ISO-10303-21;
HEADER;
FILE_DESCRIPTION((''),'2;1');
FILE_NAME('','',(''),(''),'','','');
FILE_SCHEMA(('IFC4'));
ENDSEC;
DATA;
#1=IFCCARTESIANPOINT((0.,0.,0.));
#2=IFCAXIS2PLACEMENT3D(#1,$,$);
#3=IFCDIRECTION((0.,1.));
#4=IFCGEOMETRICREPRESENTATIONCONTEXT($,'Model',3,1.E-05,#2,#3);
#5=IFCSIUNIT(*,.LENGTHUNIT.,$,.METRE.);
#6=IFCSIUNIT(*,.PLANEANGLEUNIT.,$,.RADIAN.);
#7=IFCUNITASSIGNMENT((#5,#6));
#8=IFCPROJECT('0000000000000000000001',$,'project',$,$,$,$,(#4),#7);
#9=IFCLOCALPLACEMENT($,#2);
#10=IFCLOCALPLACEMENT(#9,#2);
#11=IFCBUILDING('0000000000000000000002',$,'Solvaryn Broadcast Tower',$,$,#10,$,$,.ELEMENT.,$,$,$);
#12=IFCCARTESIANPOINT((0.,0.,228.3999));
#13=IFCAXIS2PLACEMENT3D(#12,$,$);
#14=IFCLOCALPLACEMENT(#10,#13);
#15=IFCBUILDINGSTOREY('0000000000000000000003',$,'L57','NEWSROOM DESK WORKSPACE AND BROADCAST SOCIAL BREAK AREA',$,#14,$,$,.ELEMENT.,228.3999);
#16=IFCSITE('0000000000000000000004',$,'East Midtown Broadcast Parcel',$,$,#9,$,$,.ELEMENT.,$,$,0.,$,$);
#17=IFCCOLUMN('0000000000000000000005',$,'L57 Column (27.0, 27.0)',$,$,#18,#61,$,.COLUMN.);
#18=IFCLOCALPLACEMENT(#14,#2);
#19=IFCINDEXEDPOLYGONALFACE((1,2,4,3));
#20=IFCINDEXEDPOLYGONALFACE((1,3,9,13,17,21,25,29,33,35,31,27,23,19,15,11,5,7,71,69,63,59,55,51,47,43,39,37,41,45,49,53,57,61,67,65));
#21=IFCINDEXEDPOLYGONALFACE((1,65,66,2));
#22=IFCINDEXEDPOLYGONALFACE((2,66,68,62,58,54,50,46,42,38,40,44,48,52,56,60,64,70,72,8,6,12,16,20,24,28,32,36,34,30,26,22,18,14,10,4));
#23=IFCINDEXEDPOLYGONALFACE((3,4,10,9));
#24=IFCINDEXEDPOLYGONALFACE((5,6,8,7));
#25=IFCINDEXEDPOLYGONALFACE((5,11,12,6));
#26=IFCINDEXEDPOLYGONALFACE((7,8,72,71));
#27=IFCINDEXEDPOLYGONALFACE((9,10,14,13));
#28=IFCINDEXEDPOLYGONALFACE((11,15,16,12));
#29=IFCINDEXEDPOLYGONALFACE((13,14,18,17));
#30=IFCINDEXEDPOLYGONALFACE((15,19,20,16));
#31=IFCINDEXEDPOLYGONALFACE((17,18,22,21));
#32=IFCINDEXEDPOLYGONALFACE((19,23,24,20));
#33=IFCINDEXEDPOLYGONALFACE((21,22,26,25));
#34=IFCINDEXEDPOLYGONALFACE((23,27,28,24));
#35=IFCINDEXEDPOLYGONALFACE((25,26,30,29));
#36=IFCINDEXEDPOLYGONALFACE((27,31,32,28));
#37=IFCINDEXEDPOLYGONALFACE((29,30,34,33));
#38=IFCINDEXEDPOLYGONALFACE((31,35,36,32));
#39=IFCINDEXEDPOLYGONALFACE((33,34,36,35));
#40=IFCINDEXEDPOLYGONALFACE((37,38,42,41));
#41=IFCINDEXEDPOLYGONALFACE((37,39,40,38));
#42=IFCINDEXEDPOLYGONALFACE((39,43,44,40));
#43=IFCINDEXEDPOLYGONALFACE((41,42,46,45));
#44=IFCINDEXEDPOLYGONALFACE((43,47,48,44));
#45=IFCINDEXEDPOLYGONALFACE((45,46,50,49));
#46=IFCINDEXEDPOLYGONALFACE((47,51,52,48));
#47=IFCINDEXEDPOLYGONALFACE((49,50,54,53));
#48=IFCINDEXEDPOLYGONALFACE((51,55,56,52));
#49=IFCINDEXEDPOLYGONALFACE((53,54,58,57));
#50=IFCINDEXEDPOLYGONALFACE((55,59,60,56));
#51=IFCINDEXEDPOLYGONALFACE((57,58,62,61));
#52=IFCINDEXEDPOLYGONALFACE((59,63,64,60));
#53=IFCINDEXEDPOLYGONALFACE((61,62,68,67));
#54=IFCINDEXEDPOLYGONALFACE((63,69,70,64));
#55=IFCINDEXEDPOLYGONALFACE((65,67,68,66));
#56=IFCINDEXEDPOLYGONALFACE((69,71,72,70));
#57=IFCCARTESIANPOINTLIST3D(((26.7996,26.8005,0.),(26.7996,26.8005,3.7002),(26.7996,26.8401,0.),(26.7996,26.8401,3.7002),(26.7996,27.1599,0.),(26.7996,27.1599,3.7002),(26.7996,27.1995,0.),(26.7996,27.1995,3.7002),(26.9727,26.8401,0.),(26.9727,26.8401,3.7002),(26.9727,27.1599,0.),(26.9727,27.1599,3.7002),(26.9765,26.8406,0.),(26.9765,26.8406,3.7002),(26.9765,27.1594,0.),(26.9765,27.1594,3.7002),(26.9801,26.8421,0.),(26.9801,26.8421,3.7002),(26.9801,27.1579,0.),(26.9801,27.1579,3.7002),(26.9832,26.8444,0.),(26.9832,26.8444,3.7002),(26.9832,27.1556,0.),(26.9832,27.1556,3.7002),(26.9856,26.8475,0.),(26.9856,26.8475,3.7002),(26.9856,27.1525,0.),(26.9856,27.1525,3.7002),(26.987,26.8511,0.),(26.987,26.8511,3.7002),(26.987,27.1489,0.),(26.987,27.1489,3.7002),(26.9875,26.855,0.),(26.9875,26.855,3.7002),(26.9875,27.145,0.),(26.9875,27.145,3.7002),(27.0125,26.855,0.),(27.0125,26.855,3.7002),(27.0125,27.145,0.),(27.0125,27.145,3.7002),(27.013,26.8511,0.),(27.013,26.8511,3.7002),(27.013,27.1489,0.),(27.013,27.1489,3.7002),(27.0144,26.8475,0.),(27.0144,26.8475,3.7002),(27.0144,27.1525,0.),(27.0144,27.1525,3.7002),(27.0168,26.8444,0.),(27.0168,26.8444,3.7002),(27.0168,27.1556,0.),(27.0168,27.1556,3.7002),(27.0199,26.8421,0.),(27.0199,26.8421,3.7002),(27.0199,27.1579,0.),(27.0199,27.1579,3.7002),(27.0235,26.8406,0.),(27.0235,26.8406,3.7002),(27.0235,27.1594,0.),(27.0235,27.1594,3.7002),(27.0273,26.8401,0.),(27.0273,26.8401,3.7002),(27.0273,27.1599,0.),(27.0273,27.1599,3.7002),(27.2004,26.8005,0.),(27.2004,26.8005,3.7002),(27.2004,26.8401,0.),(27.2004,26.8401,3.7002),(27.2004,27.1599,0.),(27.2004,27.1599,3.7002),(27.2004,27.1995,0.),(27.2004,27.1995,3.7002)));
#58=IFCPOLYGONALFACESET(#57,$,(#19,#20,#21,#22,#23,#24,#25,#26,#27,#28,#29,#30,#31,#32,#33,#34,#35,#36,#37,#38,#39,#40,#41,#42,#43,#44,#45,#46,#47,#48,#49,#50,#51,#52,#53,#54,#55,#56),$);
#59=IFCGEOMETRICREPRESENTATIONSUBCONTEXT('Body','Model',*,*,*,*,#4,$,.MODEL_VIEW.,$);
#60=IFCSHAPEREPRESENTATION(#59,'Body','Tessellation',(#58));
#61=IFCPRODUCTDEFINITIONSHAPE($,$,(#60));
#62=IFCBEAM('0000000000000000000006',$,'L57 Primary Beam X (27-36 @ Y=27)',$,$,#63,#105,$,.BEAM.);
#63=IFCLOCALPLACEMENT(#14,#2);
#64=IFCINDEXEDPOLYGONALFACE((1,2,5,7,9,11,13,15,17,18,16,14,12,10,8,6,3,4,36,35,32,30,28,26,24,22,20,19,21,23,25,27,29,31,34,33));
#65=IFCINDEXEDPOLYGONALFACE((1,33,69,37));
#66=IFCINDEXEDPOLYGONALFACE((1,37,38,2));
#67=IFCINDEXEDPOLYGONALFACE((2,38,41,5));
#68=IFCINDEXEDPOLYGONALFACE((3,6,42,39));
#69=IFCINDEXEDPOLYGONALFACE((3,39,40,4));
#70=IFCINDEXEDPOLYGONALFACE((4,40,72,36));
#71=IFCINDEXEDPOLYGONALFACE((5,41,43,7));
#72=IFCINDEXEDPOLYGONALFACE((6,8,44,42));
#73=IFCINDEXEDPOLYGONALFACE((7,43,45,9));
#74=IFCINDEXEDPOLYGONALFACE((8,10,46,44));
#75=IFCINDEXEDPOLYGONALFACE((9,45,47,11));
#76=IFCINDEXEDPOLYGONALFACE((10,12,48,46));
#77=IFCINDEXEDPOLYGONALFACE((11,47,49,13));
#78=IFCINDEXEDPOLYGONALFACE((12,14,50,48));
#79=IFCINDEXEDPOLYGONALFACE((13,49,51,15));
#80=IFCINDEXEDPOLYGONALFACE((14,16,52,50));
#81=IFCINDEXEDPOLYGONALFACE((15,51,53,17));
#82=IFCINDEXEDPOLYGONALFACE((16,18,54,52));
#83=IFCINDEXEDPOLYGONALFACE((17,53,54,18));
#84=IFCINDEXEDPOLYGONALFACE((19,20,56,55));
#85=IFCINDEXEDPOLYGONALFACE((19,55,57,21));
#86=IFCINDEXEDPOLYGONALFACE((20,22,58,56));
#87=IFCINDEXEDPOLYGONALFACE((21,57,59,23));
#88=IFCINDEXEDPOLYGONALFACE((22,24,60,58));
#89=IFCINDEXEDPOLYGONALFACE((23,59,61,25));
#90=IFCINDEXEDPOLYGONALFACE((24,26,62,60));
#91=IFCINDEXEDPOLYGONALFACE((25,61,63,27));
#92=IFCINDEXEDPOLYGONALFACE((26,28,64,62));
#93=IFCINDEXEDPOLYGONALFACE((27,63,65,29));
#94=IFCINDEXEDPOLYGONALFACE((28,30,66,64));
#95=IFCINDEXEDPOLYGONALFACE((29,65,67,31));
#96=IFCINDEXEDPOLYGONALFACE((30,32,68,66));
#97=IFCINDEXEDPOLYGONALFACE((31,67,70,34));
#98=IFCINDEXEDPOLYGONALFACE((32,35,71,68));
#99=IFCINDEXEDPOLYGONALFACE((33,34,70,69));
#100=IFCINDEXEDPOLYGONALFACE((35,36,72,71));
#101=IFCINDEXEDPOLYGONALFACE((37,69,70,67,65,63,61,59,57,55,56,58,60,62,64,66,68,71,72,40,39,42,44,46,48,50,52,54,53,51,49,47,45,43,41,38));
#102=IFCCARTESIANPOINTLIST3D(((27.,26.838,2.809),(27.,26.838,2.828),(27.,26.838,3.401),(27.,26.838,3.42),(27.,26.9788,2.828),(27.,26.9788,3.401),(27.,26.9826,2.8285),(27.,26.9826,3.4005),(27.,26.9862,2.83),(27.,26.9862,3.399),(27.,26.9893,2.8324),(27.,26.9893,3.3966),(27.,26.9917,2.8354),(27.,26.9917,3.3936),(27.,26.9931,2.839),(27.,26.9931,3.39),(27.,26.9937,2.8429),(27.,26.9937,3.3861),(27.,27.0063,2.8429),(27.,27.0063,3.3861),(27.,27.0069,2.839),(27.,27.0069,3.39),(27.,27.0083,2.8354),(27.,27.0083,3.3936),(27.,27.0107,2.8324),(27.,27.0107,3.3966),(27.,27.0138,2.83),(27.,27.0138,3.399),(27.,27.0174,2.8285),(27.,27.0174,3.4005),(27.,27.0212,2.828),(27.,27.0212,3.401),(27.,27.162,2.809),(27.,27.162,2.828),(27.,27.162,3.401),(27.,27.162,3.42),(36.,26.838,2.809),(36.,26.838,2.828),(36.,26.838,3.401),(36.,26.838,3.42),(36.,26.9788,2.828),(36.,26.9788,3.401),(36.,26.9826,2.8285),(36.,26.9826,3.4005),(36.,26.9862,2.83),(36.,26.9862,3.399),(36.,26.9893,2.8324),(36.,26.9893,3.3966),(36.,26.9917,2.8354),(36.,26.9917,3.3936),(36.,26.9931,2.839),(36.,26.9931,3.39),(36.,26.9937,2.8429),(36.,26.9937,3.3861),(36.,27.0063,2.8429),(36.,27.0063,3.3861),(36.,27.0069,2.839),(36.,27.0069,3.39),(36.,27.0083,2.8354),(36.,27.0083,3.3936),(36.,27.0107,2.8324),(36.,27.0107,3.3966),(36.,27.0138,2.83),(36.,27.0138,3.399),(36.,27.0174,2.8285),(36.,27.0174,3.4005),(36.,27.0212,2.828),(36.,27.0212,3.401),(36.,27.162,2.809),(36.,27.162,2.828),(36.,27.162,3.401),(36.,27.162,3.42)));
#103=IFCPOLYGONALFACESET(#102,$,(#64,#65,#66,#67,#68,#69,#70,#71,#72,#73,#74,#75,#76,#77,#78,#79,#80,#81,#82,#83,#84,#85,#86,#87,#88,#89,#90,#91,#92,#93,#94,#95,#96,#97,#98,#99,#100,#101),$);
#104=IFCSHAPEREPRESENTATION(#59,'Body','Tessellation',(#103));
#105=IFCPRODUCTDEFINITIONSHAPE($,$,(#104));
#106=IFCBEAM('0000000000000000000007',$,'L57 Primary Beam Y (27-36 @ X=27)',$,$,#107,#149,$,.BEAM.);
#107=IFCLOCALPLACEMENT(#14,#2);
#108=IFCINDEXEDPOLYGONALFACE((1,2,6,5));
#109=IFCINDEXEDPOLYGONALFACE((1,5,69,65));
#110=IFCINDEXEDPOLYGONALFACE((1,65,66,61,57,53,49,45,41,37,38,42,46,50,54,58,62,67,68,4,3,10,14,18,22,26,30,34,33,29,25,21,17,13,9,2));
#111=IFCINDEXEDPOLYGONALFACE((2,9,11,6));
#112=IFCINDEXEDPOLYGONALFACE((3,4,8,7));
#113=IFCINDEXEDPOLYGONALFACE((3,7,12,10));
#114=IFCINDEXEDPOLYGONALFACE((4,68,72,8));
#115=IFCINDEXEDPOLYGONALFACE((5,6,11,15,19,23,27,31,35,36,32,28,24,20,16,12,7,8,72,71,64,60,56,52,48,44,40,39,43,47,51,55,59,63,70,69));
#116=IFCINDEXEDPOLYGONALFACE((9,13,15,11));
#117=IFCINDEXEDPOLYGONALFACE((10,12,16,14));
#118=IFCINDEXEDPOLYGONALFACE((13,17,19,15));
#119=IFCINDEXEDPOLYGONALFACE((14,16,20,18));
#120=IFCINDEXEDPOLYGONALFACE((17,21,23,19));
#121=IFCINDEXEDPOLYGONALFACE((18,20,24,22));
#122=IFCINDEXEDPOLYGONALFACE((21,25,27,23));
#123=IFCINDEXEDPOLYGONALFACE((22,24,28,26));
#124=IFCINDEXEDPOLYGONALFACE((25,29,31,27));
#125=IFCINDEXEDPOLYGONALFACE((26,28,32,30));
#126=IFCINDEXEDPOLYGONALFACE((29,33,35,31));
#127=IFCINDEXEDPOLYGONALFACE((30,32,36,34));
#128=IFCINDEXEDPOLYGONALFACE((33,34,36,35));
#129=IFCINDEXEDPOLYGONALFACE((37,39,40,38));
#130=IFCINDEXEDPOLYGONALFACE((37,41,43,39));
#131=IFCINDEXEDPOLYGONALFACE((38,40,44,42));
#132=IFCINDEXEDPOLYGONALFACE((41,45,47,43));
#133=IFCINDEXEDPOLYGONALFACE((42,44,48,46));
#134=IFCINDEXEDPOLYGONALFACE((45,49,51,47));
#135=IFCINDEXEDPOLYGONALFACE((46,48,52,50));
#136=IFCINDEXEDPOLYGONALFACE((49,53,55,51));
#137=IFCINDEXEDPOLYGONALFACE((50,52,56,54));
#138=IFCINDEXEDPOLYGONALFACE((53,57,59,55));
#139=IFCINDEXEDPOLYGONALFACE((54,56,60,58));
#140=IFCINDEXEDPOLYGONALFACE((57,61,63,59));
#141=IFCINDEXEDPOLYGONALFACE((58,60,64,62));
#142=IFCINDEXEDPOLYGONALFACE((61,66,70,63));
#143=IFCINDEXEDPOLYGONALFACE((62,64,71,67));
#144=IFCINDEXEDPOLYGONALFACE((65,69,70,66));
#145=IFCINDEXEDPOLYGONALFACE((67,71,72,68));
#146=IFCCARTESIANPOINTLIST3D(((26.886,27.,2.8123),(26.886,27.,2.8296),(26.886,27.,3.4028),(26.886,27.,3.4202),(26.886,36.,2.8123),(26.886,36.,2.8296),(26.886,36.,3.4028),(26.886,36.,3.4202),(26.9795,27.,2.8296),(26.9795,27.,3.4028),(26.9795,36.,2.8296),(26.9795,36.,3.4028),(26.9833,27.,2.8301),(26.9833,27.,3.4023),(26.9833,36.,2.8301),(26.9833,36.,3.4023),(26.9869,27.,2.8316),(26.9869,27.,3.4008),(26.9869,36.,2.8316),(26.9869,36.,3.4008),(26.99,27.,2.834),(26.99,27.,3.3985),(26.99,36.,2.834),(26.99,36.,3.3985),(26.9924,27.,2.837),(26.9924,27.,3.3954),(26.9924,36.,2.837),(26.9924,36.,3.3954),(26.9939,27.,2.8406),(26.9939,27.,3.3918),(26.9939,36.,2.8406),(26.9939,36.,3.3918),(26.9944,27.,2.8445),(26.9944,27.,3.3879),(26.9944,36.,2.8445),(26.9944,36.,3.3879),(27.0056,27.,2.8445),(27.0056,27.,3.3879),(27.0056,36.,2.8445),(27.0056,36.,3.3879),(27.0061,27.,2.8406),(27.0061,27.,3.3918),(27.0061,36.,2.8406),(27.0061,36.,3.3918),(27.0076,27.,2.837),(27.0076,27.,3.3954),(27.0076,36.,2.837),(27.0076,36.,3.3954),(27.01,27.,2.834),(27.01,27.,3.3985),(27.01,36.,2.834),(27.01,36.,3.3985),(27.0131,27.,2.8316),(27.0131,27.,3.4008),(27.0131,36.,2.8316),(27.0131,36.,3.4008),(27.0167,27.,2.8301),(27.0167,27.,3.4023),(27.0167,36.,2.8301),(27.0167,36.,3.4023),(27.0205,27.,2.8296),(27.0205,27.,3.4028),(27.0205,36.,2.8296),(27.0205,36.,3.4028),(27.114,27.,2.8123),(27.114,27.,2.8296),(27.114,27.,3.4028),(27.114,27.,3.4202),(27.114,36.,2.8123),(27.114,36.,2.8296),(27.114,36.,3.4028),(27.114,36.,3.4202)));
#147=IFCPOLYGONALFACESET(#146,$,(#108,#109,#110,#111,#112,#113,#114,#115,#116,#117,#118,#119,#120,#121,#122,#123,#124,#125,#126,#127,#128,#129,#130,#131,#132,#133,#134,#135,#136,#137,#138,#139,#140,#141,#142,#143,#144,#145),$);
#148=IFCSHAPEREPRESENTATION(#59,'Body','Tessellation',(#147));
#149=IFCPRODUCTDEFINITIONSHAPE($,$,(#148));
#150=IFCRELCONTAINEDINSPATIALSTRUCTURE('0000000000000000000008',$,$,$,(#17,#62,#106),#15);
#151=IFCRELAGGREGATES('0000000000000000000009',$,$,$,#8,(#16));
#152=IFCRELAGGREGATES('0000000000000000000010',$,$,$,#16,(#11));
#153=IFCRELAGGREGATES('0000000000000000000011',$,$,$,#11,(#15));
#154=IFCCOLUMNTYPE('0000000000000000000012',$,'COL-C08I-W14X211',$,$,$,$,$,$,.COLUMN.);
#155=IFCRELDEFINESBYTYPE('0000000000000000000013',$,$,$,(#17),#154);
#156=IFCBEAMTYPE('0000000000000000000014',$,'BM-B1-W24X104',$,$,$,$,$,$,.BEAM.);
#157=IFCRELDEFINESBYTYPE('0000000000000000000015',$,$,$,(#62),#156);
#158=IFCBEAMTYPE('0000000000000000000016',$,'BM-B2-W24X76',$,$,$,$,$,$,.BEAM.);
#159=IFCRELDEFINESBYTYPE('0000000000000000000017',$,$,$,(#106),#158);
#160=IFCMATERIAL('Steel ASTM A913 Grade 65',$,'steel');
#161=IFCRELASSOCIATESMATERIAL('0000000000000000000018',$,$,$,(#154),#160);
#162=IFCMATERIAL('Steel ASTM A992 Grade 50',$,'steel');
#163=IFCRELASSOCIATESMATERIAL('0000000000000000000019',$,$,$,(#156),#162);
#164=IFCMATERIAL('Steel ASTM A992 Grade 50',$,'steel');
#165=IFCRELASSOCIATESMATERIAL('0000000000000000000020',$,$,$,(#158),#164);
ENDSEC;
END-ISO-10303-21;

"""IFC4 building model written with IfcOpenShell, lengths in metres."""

from ifc_helpers import new_model, si_unit, direction, frame, origin, origin_2d, place, context, subcontext, project, spatial, i_section, extrude, material, material_profile, profile_set, type_object, element, save


model = new_model("IFC4")

# Units and contexts
model_context = context("Model", 3, precision=1e-05, world=origin(), true_north=direction((0.0, 1.0)))
body_context = subcontext(model_context, "Body", "Model", "MODEL_VIEW")
ifc_project = project(units=[si_unit("LENGTHUNIT", "METRE"), si_unit("PLANEANGLEUNIT", "RADIAN")], contexts=[model_context])

# Site, building, storey
site_placement = place(None, origin())
site = spatial("IfcSite", under=ifc_project, at=site_placement, Name="East Midtown Broadcast Parcel", CompositionType="ELEMENT", RefElevation=0.0)
building_placement = place(site_placement, origin())
building = spatial("IfcBuilding", under=site, at=building_placement, Name="Solvaryn Broadcast Tower", CompositionType="ELEMENT")
storey_placement = place(building_placement, frame((0.0, 0.0, 228.3999)))
storey = spatial("IfcBuildingStorey", under=building, at=storey_placement, Name="L57", Description="NEWSROOM DESK WORKSPACE AND BROADCAST SOCIAL BREAK AREA", CompositionType="ELEMENT", Elevation=228.3999)

# Column
ifc_material_1 = material(Name="Steel ASTM A913 Grade 65", Category="steel")
ifc_material_profile_1 = material_profile(ifc_material_1, i_section(OverallWidth=0.4009, OverallDepth=0.3989, WebThickness=0.0249, FlangeThickness=0.0396, FilletRadius=0.0149, at=origin_2d()))
ifc_profile_set_1 = profile_set([ifc_material_profile_1], Name="Steel ASTM A913 Grade 65")
column_type = type_object("IfcColumnType", Name="COL-C08I-W14X211", PredefinedType="COLUMN", material=ifc_profile_set_1)
column_placement = place(storey_placement, frame((27.0, 27.0, 0.0), z_axis=(0.0, 0.0, 1.0), x_axis=(1.0, 0.0, 0.0)))
element("IfcColumn", 1, at=column_placement, inside=storey, type_object=column_type, Name="L57 Column (27.0, 27.0)", PredefinedType="COLUMN", context=body_context, shape_type="SweptSolid", body=[
    extrude(i_section(OverallWidth=0.4009, OverallDepth=0.3989, WebThickness=0.0249, FlangeThickness=0.0396, FilletRadius=0.0149, at=origin_2d()), origin(), (0.0, 0.0, 1.0), 3.7002),
])

# Beams
ifc_material_2 = material(Name="Steel ASTM A992 Grade 50", Category="steel")
ifc_material_profile_2 = material_profile(ifc_material_2, i_section(OverallWidth=0.324, OverallDepth=0.6111, WebThickness=0.0127, FlangeThickness=0.019, FilletRadius=0.0149, at=origin_2d()))
ifc_profile_set_2 = profile_set([ifc_material_profile_2], Name="Steel ASTM A992 Grade 50")
beam_type_1 = type_object("IfcBeamType", Name="BM-B1-W24X104", PredefinedType="BEAM", material=ifc_profile_set_2)
beam_1_placement = place(storey_placement, frame((27.0, 27.0, 3.1145), z_axis=(1.0, 0.0, 0.0), x_axis=(0.0, 1.0, 0.0)))
element("IfcBeam", 2, at=beam_1_placement, inside=storey, type_object=beam_type_1, Name="L57 Primary Beam X (27-36 @ Y=27)", PredefinedType="BEAM", context=body_context, shape_type="SweptSolid", body=[
    extrude(i_section(OverallWidth=0.324, OverallDepth=0.6111, WebThickness=0.0127, FlangeThickness=0.019, FilletRadius=0.0149, at=origin_2d()), origin(), (0.0, 0.0, 1.0), 9.0),
])
ifc_material_3 = material(Name="Steel ASTM A992 Grade 50", Category="steel")
ifc_material_profile_3 = material_profile(ifc_material_3, i_section(OverallWidth=0.228, OverallDepth=0.6079, WebThickness=0.0112, FlangeThickness=0.0173, FilletRadius=0.0149, at=origin_2d()))
ifc_profile_set_3 = profile_set([ifc_material_profile_3], Name="Steel ASTM A992 Grade 50")
beam_type_2 = type_object("IfcBeamType", Name="BM-B2-W24X76", PredefinedType="BEAM", material=ifc_profile_set_3)
beam_2_placement = place(storey_placement, frame((27.0, 27.0, 3.1162), z_axis=(0.0, 1.0, 0.0), x_axis=(-1.0, 0.0, 0.0)))
element("IfcBeam", 3, at=beam_2_placement, inside=storey, type_object=beam_type_2, Name="L57 Primary Beam Y (27-36 @ X=27)", PredefinedType="BEAM", context=body_context, shape_type="SweptSolid", body=[
    extrude(i_section(OverallWidth=0.228, OverallDepth=0.6079, WebThickness=0.0112, FlangeThickness=0.0173, FilletRadius=0.0149, at=origin_2d()), origin(), (0.0, 0.0, 1.0), 9.0),
])

save(model, "model.ifc")
